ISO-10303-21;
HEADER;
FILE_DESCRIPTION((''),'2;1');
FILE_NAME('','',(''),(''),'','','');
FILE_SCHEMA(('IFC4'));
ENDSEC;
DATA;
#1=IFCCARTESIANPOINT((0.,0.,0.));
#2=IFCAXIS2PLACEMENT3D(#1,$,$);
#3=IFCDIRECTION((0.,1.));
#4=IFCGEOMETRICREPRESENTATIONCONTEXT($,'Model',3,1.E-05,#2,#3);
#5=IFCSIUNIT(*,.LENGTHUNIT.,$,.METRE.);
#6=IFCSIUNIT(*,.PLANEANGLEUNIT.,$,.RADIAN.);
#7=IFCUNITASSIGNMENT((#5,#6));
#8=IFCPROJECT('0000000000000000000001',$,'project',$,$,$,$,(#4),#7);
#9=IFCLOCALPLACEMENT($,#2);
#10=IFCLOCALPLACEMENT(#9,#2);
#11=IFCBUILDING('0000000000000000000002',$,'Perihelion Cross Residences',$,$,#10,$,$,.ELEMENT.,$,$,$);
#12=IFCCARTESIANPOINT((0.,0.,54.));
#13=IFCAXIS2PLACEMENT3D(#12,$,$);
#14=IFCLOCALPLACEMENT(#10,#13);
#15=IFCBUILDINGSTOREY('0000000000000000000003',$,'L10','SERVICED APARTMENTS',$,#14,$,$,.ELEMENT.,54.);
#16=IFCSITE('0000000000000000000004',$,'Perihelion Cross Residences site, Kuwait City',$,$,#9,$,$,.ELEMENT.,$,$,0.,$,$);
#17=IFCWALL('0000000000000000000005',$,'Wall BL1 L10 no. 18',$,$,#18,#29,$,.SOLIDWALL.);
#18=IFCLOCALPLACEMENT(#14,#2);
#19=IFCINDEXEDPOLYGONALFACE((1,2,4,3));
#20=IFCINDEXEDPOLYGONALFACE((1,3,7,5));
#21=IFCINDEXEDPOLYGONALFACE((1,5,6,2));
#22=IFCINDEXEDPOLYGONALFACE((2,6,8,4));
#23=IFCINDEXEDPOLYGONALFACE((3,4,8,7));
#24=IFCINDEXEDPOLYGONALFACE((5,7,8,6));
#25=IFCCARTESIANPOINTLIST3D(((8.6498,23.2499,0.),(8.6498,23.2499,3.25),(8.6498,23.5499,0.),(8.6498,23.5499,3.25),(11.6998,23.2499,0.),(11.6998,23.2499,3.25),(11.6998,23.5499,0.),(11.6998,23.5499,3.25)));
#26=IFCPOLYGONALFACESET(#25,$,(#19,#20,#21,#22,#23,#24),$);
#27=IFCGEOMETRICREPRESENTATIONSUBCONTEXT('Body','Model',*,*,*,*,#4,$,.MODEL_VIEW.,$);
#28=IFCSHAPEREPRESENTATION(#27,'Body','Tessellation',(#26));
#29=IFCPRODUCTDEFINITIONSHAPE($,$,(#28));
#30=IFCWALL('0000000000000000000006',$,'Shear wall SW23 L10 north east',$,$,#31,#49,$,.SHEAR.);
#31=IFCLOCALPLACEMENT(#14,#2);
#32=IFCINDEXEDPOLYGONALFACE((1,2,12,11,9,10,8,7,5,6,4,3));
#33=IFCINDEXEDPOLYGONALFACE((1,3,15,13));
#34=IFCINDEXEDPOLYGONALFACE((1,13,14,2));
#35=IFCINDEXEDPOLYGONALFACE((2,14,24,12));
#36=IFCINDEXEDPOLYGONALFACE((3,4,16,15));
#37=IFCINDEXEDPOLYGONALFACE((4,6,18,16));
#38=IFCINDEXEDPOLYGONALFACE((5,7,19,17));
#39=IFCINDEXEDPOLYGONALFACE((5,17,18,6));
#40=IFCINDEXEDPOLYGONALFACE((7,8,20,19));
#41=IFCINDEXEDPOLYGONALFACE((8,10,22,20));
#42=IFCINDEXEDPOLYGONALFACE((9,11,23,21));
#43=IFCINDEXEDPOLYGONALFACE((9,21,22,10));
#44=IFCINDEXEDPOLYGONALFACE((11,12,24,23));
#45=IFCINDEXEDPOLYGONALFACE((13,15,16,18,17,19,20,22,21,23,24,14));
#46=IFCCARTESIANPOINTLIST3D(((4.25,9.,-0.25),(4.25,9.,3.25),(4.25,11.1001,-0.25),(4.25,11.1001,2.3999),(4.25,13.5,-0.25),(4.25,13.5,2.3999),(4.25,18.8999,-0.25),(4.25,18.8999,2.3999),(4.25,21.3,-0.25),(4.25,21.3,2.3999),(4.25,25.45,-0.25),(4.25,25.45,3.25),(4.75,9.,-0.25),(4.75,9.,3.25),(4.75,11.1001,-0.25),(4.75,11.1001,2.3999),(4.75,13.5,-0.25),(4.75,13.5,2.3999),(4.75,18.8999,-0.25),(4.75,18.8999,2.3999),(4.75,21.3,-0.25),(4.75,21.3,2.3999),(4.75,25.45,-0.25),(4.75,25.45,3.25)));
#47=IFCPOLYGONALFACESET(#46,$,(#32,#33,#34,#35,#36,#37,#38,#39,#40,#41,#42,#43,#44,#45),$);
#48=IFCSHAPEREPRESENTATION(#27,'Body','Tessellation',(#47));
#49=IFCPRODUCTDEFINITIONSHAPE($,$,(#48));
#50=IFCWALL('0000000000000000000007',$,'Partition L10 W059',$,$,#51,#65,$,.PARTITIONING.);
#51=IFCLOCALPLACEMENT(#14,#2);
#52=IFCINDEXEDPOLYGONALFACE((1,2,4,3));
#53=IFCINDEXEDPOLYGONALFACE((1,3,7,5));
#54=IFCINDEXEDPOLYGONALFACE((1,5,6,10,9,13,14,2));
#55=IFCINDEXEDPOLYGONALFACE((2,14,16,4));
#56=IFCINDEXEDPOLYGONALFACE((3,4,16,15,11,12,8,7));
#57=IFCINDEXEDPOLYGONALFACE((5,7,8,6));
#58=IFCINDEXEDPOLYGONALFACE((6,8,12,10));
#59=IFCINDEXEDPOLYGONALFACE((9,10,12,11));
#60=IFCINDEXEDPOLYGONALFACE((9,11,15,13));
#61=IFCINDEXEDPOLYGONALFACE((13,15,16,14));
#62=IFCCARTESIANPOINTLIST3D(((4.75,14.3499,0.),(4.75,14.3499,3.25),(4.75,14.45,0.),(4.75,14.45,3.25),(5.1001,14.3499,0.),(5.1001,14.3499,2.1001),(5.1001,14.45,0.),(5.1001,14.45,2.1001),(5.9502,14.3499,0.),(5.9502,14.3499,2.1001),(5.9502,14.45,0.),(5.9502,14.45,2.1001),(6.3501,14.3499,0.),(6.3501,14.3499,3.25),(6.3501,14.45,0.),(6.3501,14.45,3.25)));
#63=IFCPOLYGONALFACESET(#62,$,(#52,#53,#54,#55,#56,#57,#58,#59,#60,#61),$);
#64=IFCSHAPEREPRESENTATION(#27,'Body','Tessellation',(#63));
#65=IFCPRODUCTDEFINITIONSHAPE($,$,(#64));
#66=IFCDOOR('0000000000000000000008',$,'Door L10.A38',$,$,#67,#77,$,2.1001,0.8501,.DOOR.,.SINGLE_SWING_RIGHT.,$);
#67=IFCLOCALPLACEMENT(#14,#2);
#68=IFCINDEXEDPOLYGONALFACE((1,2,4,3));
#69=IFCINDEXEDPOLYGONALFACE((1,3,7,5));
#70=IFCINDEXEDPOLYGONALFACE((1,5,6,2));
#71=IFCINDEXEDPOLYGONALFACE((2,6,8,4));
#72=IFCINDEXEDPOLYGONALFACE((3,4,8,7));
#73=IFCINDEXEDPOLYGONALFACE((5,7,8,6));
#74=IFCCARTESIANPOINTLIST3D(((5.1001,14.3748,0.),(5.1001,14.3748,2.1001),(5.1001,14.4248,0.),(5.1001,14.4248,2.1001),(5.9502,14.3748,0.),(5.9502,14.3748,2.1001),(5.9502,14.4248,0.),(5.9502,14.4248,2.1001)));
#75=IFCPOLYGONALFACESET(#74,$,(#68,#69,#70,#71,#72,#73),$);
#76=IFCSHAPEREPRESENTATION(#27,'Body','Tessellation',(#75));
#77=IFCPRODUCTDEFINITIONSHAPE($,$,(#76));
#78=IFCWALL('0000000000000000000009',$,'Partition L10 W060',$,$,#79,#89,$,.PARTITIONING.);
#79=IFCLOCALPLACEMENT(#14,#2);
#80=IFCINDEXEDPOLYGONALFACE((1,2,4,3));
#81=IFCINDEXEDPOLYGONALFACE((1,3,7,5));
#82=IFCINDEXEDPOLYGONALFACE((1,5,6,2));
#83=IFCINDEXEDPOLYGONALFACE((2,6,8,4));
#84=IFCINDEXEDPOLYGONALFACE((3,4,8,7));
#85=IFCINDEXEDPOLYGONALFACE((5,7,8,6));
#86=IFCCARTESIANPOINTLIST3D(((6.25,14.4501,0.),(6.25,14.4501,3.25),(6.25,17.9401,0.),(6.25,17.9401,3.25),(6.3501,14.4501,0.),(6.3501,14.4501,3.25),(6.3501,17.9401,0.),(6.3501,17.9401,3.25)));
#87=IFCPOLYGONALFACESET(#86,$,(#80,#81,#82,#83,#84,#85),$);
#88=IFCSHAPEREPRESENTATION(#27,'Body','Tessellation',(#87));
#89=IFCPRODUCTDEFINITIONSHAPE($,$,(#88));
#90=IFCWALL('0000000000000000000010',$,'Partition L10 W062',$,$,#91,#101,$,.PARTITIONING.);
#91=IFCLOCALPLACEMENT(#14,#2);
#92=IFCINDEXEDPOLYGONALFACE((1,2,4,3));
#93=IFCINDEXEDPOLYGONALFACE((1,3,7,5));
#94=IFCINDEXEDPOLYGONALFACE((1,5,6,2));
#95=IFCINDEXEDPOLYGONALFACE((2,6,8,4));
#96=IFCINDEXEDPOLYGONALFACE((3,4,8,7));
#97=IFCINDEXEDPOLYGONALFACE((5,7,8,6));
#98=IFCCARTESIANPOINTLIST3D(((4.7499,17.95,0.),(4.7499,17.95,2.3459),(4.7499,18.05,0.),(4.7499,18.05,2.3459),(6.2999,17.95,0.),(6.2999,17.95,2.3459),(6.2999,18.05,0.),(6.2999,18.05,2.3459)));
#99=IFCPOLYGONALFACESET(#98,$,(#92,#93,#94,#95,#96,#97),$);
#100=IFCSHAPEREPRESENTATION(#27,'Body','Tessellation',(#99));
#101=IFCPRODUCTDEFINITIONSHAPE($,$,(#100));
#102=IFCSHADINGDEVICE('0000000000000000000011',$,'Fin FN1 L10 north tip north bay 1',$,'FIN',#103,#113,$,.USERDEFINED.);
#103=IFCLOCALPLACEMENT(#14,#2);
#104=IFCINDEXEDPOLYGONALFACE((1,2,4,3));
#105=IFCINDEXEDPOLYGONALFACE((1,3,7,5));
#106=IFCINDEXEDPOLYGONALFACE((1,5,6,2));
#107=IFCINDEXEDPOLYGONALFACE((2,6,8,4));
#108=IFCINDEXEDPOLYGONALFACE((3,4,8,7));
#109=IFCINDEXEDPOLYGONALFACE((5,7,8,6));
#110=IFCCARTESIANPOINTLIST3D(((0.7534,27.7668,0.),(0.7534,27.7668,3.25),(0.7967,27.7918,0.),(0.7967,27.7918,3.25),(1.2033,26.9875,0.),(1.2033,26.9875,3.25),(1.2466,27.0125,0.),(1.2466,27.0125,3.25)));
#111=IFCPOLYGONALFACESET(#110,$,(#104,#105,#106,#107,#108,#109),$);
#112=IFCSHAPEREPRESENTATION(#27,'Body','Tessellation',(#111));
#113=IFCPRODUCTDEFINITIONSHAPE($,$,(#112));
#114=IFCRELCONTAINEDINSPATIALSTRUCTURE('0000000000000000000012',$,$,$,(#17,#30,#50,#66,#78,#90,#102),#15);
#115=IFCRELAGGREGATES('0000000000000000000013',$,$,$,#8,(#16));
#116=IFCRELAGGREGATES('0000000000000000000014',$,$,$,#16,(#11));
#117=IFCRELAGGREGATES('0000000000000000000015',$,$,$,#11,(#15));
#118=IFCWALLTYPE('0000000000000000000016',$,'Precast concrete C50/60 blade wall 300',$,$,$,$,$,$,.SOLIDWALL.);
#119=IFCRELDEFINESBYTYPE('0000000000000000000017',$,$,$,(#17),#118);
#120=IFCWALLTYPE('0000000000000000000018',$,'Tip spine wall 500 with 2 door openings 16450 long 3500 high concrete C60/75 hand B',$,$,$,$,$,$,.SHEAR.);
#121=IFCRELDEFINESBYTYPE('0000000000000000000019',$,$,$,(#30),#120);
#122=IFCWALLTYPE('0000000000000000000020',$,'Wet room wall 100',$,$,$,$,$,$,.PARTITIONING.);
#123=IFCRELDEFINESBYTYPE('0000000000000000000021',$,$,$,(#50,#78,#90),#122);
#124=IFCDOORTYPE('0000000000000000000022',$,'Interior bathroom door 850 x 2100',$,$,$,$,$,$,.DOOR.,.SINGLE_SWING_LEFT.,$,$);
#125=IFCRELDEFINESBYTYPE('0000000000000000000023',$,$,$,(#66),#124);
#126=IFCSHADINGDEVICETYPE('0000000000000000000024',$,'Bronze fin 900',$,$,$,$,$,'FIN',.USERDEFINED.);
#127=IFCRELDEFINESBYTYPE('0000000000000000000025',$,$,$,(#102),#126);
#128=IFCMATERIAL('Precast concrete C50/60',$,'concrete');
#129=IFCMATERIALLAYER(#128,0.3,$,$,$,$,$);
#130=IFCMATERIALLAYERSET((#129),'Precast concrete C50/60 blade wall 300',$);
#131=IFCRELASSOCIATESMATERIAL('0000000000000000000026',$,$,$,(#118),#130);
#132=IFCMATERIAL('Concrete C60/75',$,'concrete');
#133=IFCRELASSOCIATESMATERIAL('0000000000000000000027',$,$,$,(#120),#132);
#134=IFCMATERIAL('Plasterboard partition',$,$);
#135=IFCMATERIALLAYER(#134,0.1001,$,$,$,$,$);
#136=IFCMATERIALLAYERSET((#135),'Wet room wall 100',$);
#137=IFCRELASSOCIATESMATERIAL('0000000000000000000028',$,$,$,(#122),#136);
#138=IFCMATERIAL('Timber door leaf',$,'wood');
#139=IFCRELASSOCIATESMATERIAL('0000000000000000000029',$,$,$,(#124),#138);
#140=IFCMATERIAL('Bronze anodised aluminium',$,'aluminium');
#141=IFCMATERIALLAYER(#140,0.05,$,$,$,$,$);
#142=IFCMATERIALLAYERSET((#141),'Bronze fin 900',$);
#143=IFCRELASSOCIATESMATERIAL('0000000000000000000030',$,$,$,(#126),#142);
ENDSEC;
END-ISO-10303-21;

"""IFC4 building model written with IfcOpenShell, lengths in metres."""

from ifc_helpers import new_model, si_unit, direction, frame, frame_2d, origin, origin_2d, place, context, subcontext, project, spatial, polyline, rectangle, outline, extrude, material, layer, layer_set, material_profile, profile_set, type_object, element, fill, save


model = new_model("IFC4")

# Units and contexts
model_context = context("Model", 3, precision=1e-05, world=origin(), true_north=direction((0.0, 1.0)))
body_context = subcontext(model_context, "Body", "Model", "MODEL_VIEW")
ifc_project = project(units=[si_unit("LENGTHUNIT", "METRE"), si_unit("PLANEANGLEUNIT", "RADIAN")], contexts=[model_context])

# Site, building, storey
site_placement = place(None, origin())
site = spatial("IfcSite", under=ifc_project, at=site_placement, Name="Perihelion Cross Residences site, Kuwait City", CompositionType="ELEMENT", RefElevation=0.0)
building_placement = place(site_placement, origin())
building = spatial("IfcBuilding", under=site, at=building_placement, Name="Perihelion Cross Residences", CompositionType="ELEMENT")
storey_placement = place(building_placement, frame((0.0, 0.0, 54.0)))
storey = spatial("IfcBuildingStorey", under=building, at=storey_placement, Name="L10", Description="SERVICED APARTMENTS", CompositionType="ELEMENT", Elevation=54.0)

# Walls
ifc_material_1 = material(Name="Precast concrete C50/60", Category="concrete")
ifc_layer_1 = layer(ifc_material_1, 0.3)
ifc_layer_set_1 = layer_set([ifc_layer_1], Name="Precast concrete C50/60 blade wall 300")
wall_type_1 = type_object("IfcWallType", Name="Precast concrete C50/60 blade wall 300", PredefinedType="SOLIDWALL", material=ifc_layer_set_1)
wall_1_placement = place(storey_placement, frame((8.6499, 23.3999, 0.0), z_axis=(0.0, 0.0, 1.0), x_axis=(1.0, 0.0, 0.0)))
element("IfcWall", 1, at=wall_1_placement, inside=storey, type_object=wall_type_1, Name="Wall BL1 L10 no. 18", PredefinedType="SOLIDWALL", context=body_context, shape_type="SweptSolid", body=[
    extrude(rectangle(XDim=3.05, YDim=0.3, at=frame_2d((1.5249, 0.0))), origin(), (0.0, 0.0, 1.0), 3.25),
])
ifc_material_2 = material(Name="Concrete C60/75", Category="concrete")
ifc_material_profile_1 = material_profile(ifc_material_2, outline(polyline([(0.0, 0.0), (2.1001, 0.0), (2.1001, 2.6499), (4.5, 2.6499), (4.5, 0.0), (9.8999, 0.0), (9.8999, 2.6499), (12.3, 2.6499), (12.3, 0.0), (16.45, 0.0), (16.45, 3.5), (0.0, 3.5), (0.0, 0.0)])), Name="Tip spine wall")
ifc_profile_set_1 = profile_set([ifc_material_profile_1], Name="Concrete C60/75")
wall_type_2 = type_object("IfcWallType", Name="Tip spine wall 500 with 2 door openings 16450 long 3500 high concrete C60/75 hand B", PredefinedType="SHEAR", material=ifc_profile_set_1)
wall_2_placement = place(storey_placement, frame((4.25, 9.0, -0.25), z_axis=(1.0, 0.0, 0.0), x_axis=(0.0, 1.0, 0.0)))
element("IfcWall", 2, at=wall_2_placement, inside=storey, type_object=wall_type_2, Name="Shear wall SW23 L10 north east", PredefinedType="SHEAR", context=body_context, shape_type="SweptSolid", body=[
    extrude(outline(polyline([(0.0, 0.0), (2.1001, 0.0), (2.1001, 2.6499), (4.5, 2.6499), (4.5, 0.0), (9.8999, 0.0), (9.8999, 2.6499), (12.3, 2.6499), (12.3, 0.0), (16.45, 0.0), (16.45, 3.5), (0.0, 3.5), (0.0, 0.0)])), origin(), (0.0, 0.0, 1.0), 0.5),
])

# Wall, opening, door
ifc_material_3 = material(Name="Plasterboard partition")
ifc_layer_2 = layer(ifc_material_3, 0.1001)
ifc_layer_set_2 = layer_set([ifc_layer_2], Name="Wet room wall 100")
wall_type_3 = type_object("IfcWallType", Name="Wet room wall 100", PredefinedType="PARTITIONING", material=ifc_layer_set_2)
wall_3_placement = place(storey_placement, frame((4.75, 14.3999, 0.0), z_axis=(0.0, 0.0, 1.0), x_axis=(1.0, 0.0, 0.0)))
wall_3 = element("IfcWall", 3, at=wall_3_placement, inside=storey, type_object=wall_type_3, Name="Partition L10 W059", PredefinedType="PARTITIONING", context=body_context, shape_type="SweptSolid", body=[
    extrude(rectangle(XDim=1.6001, YDim=0.1001, at=frame_2d((0.8, 0.0))), origin(), (0.0, 0.0, 1.0), 3.25),
])
opening_1_placement = place(wall_3_placement, frame((0.3501, 0.0, 0.0)))
opening_1 = element("IfcOpeningElement", 4, at=opening_1_placement, cuts=wall_3, PredefinedType="OPENING", context=body_context, shape_type="SweptSolid", body=[
    extrude(rectangle(XDim=0.8501, YDim=2.1001, at=frame_2d((0.425, 1.05))), frame((0.0, 0.0601, 0.0), z_axis=(0.0, -1.0, 0.0), x_axis=(1.0, 0.0, 0.0)), (0.0, 0.0, 1.0), 0.1201),
])
ifc_material_4 = material(Name="Timber door leaf", Category="wood")
door_type_1 = type_object("IfcDoorType", Name="Interior bathroom door 850 x 2100", OperationType="SINGLE_SWING_LEFT", PredefinedType="DOOR", material=ifc_material_4)
door_1_placement = place(opening_1_placement, origin())
door_1 = element("IfcDoor", 5, at=door_1_placement, inside=storey, type_object=door_type_1, Name="Door L10.A38", OperationType="SINGLE_SWING_RIGHT", OverallHeight=2.1001, OverallWidth=0.8501, PredefinedType="DOOR", context=body_context, shape_type="SweptSolid", body=[
    extrude(rectangle(XDim=0.8501, YDim=2.1001, at=frame_2d((0.425, 1.05))), frame((0.0, 0.0249, 0.0), z_axis=(0.0, -1.0, 0.0), x_axis=(1.0, 0.0, 0.0)), (0.0, 0.0, 1.0), 0.05),
])
fill(opening_1, door_1)

# Walls
wall_4_placement = place(storey_placement, frame((6.3, 14.45, 0.0), z_axis=(0.0, 0.0, 1.0), x_axis=(0.0, 1.0, 0.0)))
element("IfcWall", 6, at=wall_4_placement, inside=storey, type_object=wall_type_3, Name="Partition L10 W060", PredefinedType="PARTITIONING", context=body_context, shape_type="SweptSolid", body=[
    extrude(rectangle(XDim=3.49, YDim=0.1001, at=frame_2d((1.7451, 0.0))), origin(), (0.0, 0.0, 1.0), 3.25),
])
wall_5_placement = place(storey_placement, frame((4.75, 18.0, 0.0), z_axis=(0.0, 0.0, 1.0), x_axis=(1.0, 0.0, 0.0)))
element("IfcWall", 7, at=wall_5_placement, inside=storey, type_object=wall_type_3, Name="Partition L10 W062", PredefinedType="PARTITIONING", context=body_context, shape_type="SweptSolid", body=[
    extrude(rectangle(XDim=1.55, YDim=0.1001, at=frame_2d((0.7749, 0.0))), origin(), (0.0, 0.0, 1.0), 2.3459),
])

# Shading device
ifc_material_5 = material(Name="Bronze anodised aluminium", Category="aluminium")
ifc_layer_3 = layer(ifc_material_5, 0.05)
ifc_layer_set_3 = layer_set([ifc_layer_3], Name="Bronze fin 900")
shading_device_type = type_object("IfcShadingDeviceType", Name="Bronze fin 900", ElementType="FIN", PredefinedType="USERDEFINED", material=ifc_layer_set_3)
shading_device_placement = place(storey_placement, frame((1.0, 27.3896, 0.0), z_axis=(0.0, 0.0, 1.0), x_axis=(-0.5, 0.866025, 0.0)))
element("IfcShadingDevice", 8, at=shading_device_placement, inside=storey, type_object=shading_device_type, Name="Fin FN1 L10 north tip north bay 1", ObjectType="FIN", PredefinedType="USERDEFINED", context=body_context, shape_type="SweptSolid", body=[
    extrude(rectangle(XDim=0.8999, YDim=0.05, at=origin_2d()), origin(), (0.0, 0.0, 1.0), 3.25),
])

save(model, "model.ifc")
